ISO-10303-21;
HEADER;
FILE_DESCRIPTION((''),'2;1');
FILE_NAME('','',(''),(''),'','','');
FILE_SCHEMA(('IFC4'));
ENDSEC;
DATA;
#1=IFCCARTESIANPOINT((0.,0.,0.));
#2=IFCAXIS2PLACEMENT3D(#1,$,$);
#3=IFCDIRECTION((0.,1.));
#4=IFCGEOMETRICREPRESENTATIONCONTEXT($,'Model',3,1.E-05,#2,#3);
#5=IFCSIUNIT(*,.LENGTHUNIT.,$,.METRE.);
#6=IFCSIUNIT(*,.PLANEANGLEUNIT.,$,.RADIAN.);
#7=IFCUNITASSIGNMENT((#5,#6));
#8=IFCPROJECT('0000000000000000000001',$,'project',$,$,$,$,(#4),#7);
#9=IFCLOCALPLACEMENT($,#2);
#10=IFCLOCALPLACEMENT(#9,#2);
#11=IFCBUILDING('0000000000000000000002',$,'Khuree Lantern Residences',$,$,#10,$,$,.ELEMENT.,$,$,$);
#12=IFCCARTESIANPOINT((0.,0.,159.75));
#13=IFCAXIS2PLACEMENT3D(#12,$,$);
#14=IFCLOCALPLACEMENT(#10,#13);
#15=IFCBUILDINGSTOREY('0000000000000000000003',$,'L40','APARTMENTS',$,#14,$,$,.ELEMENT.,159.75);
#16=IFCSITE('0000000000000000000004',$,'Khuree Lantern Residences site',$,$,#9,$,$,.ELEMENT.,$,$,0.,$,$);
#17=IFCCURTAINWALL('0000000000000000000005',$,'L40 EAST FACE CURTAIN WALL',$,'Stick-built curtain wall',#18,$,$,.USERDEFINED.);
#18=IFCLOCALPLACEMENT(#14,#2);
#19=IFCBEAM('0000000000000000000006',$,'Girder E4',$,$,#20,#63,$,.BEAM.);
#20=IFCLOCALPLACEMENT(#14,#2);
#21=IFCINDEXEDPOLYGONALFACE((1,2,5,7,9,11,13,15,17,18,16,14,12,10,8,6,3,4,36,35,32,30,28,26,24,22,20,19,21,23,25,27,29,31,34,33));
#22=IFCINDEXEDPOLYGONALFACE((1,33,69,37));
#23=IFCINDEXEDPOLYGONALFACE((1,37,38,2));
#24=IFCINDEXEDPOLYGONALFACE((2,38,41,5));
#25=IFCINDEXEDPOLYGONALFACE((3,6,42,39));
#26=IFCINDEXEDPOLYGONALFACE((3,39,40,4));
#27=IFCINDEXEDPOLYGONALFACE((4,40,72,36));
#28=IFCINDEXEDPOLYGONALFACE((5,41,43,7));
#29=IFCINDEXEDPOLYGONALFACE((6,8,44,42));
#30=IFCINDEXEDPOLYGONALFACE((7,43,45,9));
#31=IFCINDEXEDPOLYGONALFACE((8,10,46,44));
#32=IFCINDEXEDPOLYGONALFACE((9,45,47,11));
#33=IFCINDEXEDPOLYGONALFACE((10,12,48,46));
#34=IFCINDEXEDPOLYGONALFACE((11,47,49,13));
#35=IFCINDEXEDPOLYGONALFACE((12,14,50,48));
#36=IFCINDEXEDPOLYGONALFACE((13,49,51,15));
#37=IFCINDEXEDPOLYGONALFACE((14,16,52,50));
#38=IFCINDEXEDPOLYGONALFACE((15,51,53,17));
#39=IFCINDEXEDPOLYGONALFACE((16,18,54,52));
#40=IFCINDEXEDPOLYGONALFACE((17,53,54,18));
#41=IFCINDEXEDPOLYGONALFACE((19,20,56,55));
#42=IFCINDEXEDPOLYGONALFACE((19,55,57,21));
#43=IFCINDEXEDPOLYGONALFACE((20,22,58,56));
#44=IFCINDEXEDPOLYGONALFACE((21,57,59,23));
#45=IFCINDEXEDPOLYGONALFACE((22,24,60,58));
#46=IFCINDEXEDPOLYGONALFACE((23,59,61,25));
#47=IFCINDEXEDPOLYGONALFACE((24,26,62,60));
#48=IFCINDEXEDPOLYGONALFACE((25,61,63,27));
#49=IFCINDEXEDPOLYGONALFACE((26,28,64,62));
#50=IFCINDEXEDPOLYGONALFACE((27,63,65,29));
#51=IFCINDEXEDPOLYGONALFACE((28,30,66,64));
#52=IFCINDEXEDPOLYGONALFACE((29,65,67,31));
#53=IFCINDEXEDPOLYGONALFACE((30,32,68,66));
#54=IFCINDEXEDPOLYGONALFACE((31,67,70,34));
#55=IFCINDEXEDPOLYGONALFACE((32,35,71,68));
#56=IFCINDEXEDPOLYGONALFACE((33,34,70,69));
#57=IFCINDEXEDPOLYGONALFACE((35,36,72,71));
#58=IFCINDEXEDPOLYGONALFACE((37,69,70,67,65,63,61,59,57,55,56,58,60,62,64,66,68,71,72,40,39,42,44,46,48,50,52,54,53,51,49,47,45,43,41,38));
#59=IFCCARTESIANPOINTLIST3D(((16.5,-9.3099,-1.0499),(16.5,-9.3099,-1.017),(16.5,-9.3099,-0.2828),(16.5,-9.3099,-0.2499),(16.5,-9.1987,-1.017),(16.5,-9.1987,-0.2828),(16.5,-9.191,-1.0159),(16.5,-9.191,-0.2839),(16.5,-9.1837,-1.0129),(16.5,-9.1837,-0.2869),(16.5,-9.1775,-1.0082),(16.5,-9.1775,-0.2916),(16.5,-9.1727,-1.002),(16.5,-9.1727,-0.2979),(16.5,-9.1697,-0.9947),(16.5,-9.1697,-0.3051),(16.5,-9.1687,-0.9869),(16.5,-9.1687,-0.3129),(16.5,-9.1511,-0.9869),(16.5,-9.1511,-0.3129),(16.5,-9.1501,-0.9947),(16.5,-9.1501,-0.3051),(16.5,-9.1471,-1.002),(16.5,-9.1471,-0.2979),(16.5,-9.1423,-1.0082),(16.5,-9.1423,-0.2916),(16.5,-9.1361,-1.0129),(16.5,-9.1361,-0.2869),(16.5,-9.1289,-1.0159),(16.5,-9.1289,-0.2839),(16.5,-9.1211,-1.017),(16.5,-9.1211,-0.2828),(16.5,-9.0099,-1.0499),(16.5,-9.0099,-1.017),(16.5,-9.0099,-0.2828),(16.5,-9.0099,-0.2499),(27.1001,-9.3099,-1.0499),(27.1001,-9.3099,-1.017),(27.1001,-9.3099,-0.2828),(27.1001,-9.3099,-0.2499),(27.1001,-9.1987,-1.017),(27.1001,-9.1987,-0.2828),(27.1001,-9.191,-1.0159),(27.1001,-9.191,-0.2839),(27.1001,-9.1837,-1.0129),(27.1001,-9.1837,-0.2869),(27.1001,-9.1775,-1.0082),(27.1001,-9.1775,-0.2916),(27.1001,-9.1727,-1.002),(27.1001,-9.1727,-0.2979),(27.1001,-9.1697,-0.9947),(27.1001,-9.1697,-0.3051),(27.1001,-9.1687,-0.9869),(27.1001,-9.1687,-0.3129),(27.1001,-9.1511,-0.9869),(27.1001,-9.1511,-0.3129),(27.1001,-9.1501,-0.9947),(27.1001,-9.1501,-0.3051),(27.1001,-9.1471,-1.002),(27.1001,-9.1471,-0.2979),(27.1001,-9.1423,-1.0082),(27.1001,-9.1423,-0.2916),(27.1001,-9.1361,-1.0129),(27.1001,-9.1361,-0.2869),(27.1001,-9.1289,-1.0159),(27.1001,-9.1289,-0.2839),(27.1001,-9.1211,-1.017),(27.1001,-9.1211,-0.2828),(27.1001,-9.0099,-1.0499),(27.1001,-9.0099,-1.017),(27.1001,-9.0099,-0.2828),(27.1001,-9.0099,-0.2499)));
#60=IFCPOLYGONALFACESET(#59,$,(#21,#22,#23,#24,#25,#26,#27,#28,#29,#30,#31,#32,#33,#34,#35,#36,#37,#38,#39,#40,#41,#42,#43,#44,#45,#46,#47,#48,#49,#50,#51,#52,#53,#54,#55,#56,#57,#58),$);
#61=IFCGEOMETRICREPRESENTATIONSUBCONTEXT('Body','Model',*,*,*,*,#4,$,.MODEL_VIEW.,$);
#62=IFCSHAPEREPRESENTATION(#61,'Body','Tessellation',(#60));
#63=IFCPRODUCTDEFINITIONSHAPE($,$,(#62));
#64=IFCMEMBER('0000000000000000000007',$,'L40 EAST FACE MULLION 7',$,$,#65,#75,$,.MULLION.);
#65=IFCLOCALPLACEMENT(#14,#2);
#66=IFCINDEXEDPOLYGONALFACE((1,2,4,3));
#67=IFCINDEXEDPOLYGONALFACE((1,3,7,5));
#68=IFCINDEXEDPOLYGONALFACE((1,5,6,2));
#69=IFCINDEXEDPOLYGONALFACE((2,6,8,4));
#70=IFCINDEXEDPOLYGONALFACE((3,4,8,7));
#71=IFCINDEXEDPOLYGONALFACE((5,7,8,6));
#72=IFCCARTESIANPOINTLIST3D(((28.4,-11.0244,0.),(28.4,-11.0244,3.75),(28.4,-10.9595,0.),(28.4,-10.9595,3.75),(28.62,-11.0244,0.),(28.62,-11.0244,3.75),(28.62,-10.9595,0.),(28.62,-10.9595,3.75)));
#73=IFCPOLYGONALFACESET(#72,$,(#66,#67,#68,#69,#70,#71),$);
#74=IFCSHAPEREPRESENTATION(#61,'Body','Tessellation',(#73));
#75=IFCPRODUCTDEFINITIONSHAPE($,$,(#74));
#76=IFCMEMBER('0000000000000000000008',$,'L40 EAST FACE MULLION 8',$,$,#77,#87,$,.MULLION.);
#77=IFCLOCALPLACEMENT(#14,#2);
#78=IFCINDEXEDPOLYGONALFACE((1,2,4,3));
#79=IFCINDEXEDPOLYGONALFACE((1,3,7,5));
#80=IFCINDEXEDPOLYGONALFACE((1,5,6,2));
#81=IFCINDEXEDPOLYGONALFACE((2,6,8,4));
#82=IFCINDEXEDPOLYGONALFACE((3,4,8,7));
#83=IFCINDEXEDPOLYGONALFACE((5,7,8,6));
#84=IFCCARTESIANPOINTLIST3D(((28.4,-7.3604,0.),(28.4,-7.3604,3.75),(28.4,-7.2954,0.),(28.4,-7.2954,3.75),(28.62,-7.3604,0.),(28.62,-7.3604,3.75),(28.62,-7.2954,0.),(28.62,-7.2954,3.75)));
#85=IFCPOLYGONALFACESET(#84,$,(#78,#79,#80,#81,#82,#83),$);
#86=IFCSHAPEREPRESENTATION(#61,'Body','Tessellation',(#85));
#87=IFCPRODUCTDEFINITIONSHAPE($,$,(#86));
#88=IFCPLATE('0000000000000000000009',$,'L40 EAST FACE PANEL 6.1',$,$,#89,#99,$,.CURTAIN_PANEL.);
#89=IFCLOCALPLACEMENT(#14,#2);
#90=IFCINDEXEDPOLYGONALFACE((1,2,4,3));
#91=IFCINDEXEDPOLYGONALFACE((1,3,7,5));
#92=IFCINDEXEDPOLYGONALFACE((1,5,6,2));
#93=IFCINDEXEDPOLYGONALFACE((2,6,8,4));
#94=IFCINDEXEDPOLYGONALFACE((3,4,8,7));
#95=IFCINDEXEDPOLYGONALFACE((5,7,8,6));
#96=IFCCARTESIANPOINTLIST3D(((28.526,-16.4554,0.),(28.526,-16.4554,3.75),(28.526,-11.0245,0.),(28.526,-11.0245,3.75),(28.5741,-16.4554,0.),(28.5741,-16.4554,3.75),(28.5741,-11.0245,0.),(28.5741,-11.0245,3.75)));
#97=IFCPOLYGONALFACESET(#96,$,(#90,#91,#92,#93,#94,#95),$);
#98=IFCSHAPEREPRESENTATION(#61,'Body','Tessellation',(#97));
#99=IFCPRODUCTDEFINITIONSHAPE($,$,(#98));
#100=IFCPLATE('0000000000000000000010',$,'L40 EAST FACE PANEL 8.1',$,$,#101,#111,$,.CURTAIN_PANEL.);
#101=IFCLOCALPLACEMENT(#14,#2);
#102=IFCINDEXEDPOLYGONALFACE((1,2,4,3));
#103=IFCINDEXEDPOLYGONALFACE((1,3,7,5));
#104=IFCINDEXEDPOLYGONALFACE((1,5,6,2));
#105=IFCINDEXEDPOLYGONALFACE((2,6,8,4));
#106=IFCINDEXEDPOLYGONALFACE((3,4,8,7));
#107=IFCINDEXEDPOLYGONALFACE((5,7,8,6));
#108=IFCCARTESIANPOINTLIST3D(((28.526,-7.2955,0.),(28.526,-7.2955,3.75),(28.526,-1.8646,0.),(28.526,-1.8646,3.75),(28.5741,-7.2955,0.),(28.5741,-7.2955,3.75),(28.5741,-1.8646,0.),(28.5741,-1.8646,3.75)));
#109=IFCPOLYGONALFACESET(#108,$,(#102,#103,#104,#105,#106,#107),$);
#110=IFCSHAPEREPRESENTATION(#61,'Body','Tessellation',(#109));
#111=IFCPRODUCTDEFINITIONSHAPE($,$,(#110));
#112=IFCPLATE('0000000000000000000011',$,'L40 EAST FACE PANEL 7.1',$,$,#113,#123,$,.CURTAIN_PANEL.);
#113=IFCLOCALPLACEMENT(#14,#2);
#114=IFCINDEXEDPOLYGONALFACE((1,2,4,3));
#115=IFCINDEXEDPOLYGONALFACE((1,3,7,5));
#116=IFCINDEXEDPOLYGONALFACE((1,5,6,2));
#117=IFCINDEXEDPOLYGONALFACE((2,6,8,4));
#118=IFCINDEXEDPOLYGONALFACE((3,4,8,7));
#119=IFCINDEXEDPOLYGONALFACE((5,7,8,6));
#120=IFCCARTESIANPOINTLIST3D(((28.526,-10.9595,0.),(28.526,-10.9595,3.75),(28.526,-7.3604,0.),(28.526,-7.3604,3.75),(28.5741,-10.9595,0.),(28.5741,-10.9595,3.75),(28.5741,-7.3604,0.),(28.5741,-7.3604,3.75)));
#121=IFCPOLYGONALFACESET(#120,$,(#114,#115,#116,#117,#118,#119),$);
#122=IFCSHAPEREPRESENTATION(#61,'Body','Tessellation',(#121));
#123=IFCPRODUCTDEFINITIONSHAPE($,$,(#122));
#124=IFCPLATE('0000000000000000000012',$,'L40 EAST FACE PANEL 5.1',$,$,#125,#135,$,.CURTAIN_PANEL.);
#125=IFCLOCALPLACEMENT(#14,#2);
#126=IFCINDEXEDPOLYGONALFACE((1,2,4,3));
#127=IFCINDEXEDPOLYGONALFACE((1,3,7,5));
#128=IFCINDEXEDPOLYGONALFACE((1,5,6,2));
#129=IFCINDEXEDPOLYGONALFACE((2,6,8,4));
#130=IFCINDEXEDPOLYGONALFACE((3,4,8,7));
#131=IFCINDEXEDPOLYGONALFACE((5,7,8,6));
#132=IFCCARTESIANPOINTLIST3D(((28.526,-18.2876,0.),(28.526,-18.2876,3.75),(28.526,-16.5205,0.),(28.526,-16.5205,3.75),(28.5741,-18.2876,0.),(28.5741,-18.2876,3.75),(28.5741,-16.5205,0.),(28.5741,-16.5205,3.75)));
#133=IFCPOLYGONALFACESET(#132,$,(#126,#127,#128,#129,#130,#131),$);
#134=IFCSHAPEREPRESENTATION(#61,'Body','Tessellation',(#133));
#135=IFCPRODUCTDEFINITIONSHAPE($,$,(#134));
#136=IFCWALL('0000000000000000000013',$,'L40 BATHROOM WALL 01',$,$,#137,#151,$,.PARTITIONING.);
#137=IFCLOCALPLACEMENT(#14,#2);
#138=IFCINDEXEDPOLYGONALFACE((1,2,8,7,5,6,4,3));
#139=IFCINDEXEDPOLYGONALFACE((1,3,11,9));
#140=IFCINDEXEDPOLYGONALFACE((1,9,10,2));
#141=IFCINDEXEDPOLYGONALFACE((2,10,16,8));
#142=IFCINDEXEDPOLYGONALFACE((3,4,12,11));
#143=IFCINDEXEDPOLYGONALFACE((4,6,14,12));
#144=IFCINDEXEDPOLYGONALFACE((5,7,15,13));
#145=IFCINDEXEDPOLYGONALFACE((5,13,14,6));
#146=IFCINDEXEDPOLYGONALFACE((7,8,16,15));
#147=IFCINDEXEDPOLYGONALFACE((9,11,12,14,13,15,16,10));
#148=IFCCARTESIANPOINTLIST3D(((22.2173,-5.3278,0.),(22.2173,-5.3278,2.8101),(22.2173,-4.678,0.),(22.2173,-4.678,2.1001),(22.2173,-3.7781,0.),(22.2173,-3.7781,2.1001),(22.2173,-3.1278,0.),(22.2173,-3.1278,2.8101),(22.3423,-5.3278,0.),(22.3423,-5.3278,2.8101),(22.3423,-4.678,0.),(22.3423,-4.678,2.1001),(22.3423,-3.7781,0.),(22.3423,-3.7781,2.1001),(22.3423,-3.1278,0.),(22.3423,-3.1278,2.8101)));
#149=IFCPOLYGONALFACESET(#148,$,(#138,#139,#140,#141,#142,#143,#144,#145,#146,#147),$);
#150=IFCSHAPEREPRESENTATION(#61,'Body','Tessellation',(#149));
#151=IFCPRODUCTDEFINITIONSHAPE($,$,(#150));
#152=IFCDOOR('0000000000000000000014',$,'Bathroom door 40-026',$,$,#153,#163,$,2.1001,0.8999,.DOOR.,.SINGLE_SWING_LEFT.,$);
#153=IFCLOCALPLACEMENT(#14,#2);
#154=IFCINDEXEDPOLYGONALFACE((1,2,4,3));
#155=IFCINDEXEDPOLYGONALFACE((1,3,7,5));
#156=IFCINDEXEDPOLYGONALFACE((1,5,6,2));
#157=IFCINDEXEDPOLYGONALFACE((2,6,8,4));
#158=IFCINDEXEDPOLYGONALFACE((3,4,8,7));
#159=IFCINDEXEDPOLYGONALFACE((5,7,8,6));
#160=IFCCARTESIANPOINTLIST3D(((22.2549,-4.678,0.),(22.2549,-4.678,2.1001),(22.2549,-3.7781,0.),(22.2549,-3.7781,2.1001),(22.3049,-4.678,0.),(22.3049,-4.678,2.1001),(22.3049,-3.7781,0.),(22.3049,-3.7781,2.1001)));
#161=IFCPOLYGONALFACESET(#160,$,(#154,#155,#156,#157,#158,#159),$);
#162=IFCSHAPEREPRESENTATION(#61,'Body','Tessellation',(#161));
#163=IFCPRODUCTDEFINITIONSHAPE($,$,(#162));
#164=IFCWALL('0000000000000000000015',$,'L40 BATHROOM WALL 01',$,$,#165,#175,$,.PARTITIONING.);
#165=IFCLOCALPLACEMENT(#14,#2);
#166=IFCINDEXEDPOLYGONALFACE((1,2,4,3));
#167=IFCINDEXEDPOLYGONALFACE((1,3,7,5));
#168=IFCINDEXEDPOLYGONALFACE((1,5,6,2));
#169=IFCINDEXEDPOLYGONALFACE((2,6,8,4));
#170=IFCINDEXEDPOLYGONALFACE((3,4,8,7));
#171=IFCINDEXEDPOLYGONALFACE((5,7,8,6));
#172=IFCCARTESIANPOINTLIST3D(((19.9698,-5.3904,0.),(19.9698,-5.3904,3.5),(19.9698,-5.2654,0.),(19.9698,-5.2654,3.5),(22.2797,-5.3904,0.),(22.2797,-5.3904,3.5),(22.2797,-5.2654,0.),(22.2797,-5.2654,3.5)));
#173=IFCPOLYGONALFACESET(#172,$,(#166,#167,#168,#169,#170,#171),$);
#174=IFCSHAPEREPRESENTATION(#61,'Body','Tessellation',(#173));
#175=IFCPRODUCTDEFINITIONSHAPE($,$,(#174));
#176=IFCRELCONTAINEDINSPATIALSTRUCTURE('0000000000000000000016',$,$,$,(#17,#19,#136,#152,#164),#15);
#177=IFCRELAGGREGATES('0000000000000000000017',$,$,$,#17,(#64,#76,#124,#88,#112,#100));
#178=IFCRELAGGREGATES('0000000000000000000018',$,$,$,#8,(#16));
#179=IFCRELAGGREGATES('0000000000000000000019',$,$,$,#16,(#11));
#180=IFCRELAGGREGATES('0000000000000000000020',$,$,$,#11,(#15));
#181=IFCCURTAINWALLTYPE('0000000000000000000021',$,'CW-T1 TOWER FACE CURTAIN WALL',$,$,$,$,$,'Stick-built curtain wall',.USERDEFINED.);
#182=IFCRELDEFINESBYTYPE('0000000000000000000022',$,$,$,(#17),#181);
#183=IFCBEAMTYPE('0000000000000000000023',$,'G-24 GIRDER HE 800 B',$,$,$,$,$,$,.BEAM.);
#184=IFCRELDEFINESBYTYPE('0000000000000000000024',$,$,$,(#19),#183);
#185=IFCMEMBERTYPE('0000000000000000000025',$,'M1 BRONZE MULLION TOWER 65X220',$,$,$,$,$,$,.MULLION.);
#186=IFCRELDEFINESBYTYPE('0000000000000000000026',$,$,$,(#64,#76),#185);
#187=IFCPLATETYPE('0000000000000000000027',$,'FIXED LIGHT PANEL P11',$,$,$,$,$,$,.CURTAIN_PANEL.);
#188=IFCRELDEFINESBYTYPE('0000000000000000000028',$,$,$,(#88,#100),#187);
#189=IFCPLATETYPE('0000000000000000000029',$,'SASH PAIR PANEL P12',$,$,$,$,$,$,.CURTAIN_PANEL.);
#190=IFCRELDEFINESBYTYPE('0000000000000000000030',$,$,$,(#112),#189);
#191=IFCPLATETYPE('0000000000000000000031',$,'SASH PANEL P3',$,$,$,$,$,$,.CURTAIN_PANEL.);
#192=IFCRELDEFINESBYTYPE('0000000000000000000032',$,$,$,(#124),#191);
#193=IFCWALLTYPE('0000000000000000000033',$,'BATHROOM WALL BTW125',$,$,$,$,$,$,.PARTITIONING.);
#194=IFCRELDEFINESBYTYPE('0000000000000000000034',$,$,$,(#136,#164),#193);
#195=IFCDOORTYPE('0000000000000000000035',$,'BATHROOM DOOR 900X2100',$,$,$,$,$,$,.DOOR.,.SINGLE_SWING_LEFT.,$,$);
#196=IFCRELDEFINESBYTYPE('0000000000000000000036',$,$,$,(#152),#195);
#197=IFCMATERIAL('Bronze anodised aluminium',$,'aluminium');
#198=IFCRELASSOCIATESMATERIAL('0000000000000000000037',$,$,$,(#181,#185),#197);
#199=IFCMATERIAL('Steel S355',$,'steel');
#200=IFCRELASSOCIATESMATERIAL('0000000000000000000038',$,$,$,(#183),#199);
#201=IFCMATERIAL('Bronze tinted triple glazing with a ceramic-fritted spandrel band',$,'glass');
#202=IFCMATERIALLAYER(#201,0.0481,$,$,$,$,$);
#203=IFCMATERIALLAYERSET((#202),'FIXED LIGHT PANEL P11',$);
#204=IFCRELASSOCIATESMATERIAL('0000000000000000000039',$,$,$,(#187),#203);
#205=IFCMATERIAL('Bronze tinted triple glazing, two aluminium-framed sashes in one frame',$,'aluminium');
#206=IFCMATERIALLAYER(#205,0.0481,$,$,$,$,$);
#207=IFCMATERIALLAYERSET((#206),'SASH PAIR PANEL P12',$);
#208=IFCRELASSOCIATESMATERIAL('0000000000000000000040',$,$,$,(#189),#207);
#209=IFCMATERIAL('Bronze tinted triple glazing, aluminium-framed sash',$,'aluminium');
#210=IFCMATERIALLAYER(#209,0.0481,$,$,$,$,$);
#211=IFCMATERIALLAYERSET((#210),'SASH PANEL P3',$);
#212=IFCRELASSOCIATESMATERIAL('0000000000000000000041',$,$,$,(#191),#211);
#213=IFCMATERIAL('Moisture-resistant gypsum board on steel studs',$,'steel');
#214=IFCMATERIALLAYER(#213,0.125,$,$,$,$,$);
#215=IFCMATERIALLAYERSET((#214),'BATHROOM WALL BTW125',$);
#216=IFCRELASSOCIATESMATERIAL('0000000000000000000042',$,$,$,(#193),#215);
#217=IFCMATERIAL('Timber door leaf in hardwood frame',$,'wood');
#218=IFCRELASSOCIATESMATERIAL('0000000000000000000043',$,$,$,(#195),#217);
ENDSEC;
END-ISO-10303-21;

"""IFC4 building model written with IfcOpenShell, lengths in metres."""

from ifc_helpers import new_model, si_unit, direction, frame, frame_2d, origin, origin_2d, place, context, subcontext, project, spatial, rectangle, i_section, extrude, material, layer, layer_set, material_profile, profile_set, type_object, element, fill, aggregate, save


model = new_model("IFC4")

# Units and contexts
model_context = context("Model", 3, precision=1e-05, world=origin(), true_north=direction((0.0, 1.0)))
body_context = subcontext(model_context, "Body", "Model", "MODEL_VIEW")
ifc_project = project(units=[si_unit("LENGTHUNIT", "METRE"), si_unit("PLANEANGLEUNIT", "RADIAN")], contexts=[model_context])

# Site, building, storey
site_placement = place(None, origin())
site = spatial("IfcSite", under=ifc_project, at=site_placement, Name="Khuree Lantern Residences site", CompositionType="ELEMENT", RefElevation=0.0)
building_placement = place(site_placement, origin())
building = spatial("IfcBuilding", under=site, at=building_placement, Name="Khuree Lantern Residences", CompositionType="ELEMENT")
storey_placement = place(building_placement, frame((0.0, 0.0, 159.75)))
storey = spatial("IfcBuildingStorey", under=building, at=storey_placement, Name="L40", Description="APARTMENTS", CompositionType="ELEMENT", Elevation=159.75)

# Shared definitions
ifc_material_1 = material(Name="Steel S355", Category="steel")

# Curtain wall
ifc_material_2 = material(Name="Bronze anodised aluminium", Category="aluminium")
curtain_wall_type = type_object("IfcCurtainWallType", Name="CW-T1 TOWER FACE CURTAIN WALL", ElementType="Stick-built curtain wall", PredefinedType="USERDEFINED", material=ifc_material_2)
curtain_wall_placement = place(storey_placement, origin())
curtain_wall = element("IfcCurtainWall", 1, at=curtain_wall_placement, inside=storey, type_object=curtain_wall_type, Name="L40 EAST FACE CURTAIN WALL", ObjectType="Stick-built curtain wall", PredefinedType="USERDEFINED")

# Beam
ifc_material_profile_1 = material_profile(ifc_material_1, i_section(OverallWidth=0.3, OverallDepth=0.8, WebThickness=0.0176, FlangeThickness=0.033, FilletRadius=0.03, at=origin_2d()), Name="HE 800 B")
ifc_profile_set_1 = profile_set([ifc_material_profile_1], Name="Steel S355")
beam_type_1 = type_object("IfcBeamType", Name="G-24 GIRDER HE 800 B", PredefinedType="BEAM", material=ifc_profile_set_1)
beam_1_placement = place(storey_placement, frame((27.1001, -9.1599, -0.6499), z_axis=(-1.0, 0.0, 0.0), x_axis=(0.0, -1.0, 0.0)))
element("IfcBeam", 2, at=beam_1_placement, inside=storey, type_object=beam_type_1, Name="Girder E4", PredefinedType="BEAM", context=body_context, shape_type="SweptSolid", body=[
    extrude(i_section(OverallWidth=0.3, OverallDepth=0.8, WebThickness=0.0176, FlangeThickness=0.033, FilletRadius=0.03, at=origin_2d()), origin(), (0.0, 0.0, 1.0), 10.6001),
])

# Members
ifc_material_profile_2 = material_profile(ifc_material_2, rectangle(XDim=0.0649, YDim=0.22, at=origin_2d()), Name="M1 65X220")
ifc_profile_set_2 = profile_set([ifc_material_profile_2], Name="Bronze anodised aluminium")
member_type_1 = type_object("IfcMemberType", Name="M1 BRONZE MULLION TOWER 65X220", PredefinedType="MULLION", material=ifc_profile_set_2)
member_1_placement = place(storey_placement, frame((28.51, -10.9919, 0.0), z_axis=(0.0, 0.0, 1.0), x_axis=(0.0, 1.0, 0.0)))
member_1 = element("IfcMember", 3, at=member_1_placement, type_object=member_type_1, Name="L40 EAST FACE MULLION 7", PredefinedType="MULLION", context=body_context, shape_type="SweptSolid", body=[
    extrude(rectangle(XDim=0.0649, YDim=0.22, at=origin_2d()), origin(), (0.0, 0.0, 1.0), 3.75),
])
member_2_placement = place(storey_placement, frame((28.51, -7.3279, 0.0), z_axis=(0.0, 0.0, 1.0), x_axis=(0.0, 1.0, 0.0)))
member_2 = element("IfcMember", 4, at=member_2_placement, type_object=member_type_1, Name="L40 EAST FACE MULLION 8", PredefinedType="MULLION", context=body_context, shape_type="SweptSolid", body=[
    extrude(rectangle(XDim=0.0649, YDim=0.22, at=origin_2d()), origin(), (0.0, 0.0, 1.0), 3.75),
])

# Plates
ifc_material_3 = material(Name="Bronze tinted triple glazing with a ceramic-fritted spandrel band", Category="glass")
ifc_layer_1 = layer(ifc_material_3, 0.0481)
ifc_layer_set_1 = layer_set([ifc_layer_1], Name="FIXED LIGHT PANEL P11")
plate_type_1 = type_object("IfcPlateType", Name="FIXED LIGHT PANEL P11", PredefinedType="CURTAIN_PANEL", material=ifc_layer_set_1)
plate_1_placement = place(storey_placement, frame((28.55, -13.74, 0.0), z_axis=(0.0, 0.0, 1.0), x_axis=(0.0, 1.0, 0.0)))
plate_1 = element("IfcPlate", 5, at=plate_1_placement, type_object=plate_type_1, Name="L40 EAST FACE PANEL 6.1", PredefinedType="CURTAIN_PANEL", context=body_context, shape_type="SweptSolid", body=[
    extrude(rectangle(XDim=5.4309, YDim=0.0481, at=origin_2d()), origin(), (0.0, 0.0, 1.0), 3.75),
])
plate_2_placement = place(storey_placement, frame((28.55, -4.5801, 0.0), z_axis=(0.0, 0.0, 1.0), x_axis=(0.0, 1.0, 0.0)))
plate_2 = element("IfcPlate", 6, at=plate_2_placement, type_object=plate_type_1, Name="L40 EAST FACE PANEL 8.1", PredefinedType="CURTAIN_PANEL", context=body_context, shape_type="SweptSolid", body=[
    extrude(rectangle(XDim=5.4309, YDim=0.0481, at=origin_2d()), origin(), (0.0, 0.0, 1.0), 3.75),
])
ifc_material_4 = material(Name="Bronze tinted triple glazing, two aluminium-framed sashes in one frame", Category="aluminium")
ifc_layer_2 = layer(ifc_material_4, 0.0481)
ifc_layer_set_2 = layer_set([ifc_layer_2], Name="SASH PAIR PANEL P12")
plate_type_2 = type_object("IfcPlateType", Name="SASH PAIR PANEL P12", PredefinedType="CURTAIN_PANEL", material=ifc_layer_set_2)
plate_3_placement = place(storey_placement, frame((28.55, -9.1599, 0.0), z_axis=(0.0, 0.0, 1.0), x_axis=(0.0, 1.0, 0.0)))
plate_3 = element("IfcPlate", 7, at=plate_3_placement, type_object=plate_type_2, Name="L40 EAST FACE PANEL 7.1", PredefinedType="CURTAIN_PANEL", context=body_context, shape_type="SweptSolid", body=[
    extrude(rectangle(XDim=3.5991, YDim=0.0481, at=origin_2d()), origin(), (0.0, 0.0, 1.0), 3.75),
])
ifc_material_5 = material(Name="Bronze tinted triple glazing, aluminium-framed sash", Category="aluminium")
ifc_layer_3 = layer(ifc_material_5, 0.0481)
ifc_layer_set_3 = layer_set([ifc_layer_3], Name="SASH PANEL P3")
plate_type_3 = type_object("IfcPlateType", Name="SASH PANEL P3", PredefinedType="CURTAIN_PANEL", material=ifc_layer_set_3)
plate_4_placement = place(storey_placement, frame((28.55, -17.4041, 0.0), z_axis=(0.0, 0.0, 1.0), x_axis=(0.0, 1.0, 0.0)))
plate_4 = element("IfcPlate", 8, at=plate_4_placement, type_object=plate_type_3, Name="L40 EAST FACE PANEL 5.1", PredefinedType="CURTAIN_PANEL", context=body_context, shape_type="SweptSolid", body=[
    extrude(rectangle(XDim=1.7671, YDim=0.0481, at=origin_2d()), origin(), (0.0, 0.0, 1.0), 3.75),
])
aggregate(curtain_wall, [member_1, member_2, plate_4, plate_1, plate_3, plate_2])

# Wall, opening, door
ifc_material_6 = material(Name="Moisture-resistant gypsum board on steel studs", Category="steel")
ifc_layer_4 = layer(ifc_material_6, 0.125)
ifc_layer_set_4 = layer_set([ifc_layer_4], Name="BATHROOM WALL BTW125")
wall_type_1 = type_object("IfcWallType", Name="BATHROOM WALL BTW125", PredefinedType="PARTITIONING", material=ifc_layer_set_4)
wall_1_placement = place(storey_placement, frame((22.2798, -5.3279, 0.0), z_axis=(0.0, 0.0, 1.0), x_axis=(0.0, 1.0, 0.0)))
wall_1 = element("IfcWall", 9, at=wall_1_placement, inside=storey, type_object=wall_type_1, Name="L40 BATHROOM WALL 01", PredefinedType="PARTITIONING", context=body_context, shape_type="SweptSolid", body=[
    extrude(rectangle(XDim=2.2, YDim=0.125, at=frame_2d((1.1001, 0.0))), origin(), (0.0, 0.0, 1.0), 2.8101),
])
opening_1_placement = place(wall_1_placement, frame((0.6499, 0.0, 0.0)))
opening_1 = element("IfcOpeningElement", 10, at=opening_1_placement, cuts=wall_1, PredefinedType="OPENING", context=body_context, shape_type="SweptSolid", body=[
    extrude(rectangle(XDim=0.8999, YDim=2.1001, at=frame_2d((0.45, 1.05))), frame((0.0, 0.0725, 0.0), z_axis=(0.0, -1.0, 0.0), x_axis=(1.0, 0.0, 0.0)), (0.0, 0.0, 1.0), 0.145),
])
ifc_material_7 = material(Name="Timber door leaf in hardwood frame", Category="wood")
door_type_1 = type_object("IfcDoorType", Name="BATHROOM DOOR 900X2100", OperationType="SINGLE_SWING_LEFT", PredefinedType="DOOR", material=ifc_material_7)
door_1_placement = place(opening_1_placement, origin())
door_1 = element("IfcDoor", 11, at=door_1_placement, inside=storey, type_object=door_type_1, Name="Bathroom door 40-026", OperationType="SINGLE_SWING_LEFT", OverallHeight=2.1001, OverallWidth=0.8999, PredefinedType="DOOR", context=body_context, shape_type="SweptSolid", body=[
    extrude(rectangle(XDim=0.8999, YDim=2.1001, at=frame_2d((0.45, 1.05))), frame((0.0, 0.0249, 0.0), z_axis=(0.0, -1.0, 0.0), x_axis=(1.0, 0.0, 0.0)), (0.0, 0.0, 1.0), 0.05),
])
fill(opening_1, door_1)

# Wall
wall_2_placement = place(storey_placement, frame((19.97, -5.3279, 0.0), z_axis=(0.0, 0.0, 1.0), x_axis=(1.0, 0.0, 0.0)))
element("IfcWall", 12, at=wall_2_placement, inside=storey, type_object=wall_type_1, Name="L40 BATHROOM WALL 01", PredefinedType="PARTITIONING", context=body_context, shape_type="SweptSolid", body=[
    extrude(rectangle(XDim=2.3098, YDim=0.125, at=frame_2d((1.1548, 0.0))), origin(), (0.0, 0.0, 1.0), 3.5),
])

save(model, "model.ifc")
